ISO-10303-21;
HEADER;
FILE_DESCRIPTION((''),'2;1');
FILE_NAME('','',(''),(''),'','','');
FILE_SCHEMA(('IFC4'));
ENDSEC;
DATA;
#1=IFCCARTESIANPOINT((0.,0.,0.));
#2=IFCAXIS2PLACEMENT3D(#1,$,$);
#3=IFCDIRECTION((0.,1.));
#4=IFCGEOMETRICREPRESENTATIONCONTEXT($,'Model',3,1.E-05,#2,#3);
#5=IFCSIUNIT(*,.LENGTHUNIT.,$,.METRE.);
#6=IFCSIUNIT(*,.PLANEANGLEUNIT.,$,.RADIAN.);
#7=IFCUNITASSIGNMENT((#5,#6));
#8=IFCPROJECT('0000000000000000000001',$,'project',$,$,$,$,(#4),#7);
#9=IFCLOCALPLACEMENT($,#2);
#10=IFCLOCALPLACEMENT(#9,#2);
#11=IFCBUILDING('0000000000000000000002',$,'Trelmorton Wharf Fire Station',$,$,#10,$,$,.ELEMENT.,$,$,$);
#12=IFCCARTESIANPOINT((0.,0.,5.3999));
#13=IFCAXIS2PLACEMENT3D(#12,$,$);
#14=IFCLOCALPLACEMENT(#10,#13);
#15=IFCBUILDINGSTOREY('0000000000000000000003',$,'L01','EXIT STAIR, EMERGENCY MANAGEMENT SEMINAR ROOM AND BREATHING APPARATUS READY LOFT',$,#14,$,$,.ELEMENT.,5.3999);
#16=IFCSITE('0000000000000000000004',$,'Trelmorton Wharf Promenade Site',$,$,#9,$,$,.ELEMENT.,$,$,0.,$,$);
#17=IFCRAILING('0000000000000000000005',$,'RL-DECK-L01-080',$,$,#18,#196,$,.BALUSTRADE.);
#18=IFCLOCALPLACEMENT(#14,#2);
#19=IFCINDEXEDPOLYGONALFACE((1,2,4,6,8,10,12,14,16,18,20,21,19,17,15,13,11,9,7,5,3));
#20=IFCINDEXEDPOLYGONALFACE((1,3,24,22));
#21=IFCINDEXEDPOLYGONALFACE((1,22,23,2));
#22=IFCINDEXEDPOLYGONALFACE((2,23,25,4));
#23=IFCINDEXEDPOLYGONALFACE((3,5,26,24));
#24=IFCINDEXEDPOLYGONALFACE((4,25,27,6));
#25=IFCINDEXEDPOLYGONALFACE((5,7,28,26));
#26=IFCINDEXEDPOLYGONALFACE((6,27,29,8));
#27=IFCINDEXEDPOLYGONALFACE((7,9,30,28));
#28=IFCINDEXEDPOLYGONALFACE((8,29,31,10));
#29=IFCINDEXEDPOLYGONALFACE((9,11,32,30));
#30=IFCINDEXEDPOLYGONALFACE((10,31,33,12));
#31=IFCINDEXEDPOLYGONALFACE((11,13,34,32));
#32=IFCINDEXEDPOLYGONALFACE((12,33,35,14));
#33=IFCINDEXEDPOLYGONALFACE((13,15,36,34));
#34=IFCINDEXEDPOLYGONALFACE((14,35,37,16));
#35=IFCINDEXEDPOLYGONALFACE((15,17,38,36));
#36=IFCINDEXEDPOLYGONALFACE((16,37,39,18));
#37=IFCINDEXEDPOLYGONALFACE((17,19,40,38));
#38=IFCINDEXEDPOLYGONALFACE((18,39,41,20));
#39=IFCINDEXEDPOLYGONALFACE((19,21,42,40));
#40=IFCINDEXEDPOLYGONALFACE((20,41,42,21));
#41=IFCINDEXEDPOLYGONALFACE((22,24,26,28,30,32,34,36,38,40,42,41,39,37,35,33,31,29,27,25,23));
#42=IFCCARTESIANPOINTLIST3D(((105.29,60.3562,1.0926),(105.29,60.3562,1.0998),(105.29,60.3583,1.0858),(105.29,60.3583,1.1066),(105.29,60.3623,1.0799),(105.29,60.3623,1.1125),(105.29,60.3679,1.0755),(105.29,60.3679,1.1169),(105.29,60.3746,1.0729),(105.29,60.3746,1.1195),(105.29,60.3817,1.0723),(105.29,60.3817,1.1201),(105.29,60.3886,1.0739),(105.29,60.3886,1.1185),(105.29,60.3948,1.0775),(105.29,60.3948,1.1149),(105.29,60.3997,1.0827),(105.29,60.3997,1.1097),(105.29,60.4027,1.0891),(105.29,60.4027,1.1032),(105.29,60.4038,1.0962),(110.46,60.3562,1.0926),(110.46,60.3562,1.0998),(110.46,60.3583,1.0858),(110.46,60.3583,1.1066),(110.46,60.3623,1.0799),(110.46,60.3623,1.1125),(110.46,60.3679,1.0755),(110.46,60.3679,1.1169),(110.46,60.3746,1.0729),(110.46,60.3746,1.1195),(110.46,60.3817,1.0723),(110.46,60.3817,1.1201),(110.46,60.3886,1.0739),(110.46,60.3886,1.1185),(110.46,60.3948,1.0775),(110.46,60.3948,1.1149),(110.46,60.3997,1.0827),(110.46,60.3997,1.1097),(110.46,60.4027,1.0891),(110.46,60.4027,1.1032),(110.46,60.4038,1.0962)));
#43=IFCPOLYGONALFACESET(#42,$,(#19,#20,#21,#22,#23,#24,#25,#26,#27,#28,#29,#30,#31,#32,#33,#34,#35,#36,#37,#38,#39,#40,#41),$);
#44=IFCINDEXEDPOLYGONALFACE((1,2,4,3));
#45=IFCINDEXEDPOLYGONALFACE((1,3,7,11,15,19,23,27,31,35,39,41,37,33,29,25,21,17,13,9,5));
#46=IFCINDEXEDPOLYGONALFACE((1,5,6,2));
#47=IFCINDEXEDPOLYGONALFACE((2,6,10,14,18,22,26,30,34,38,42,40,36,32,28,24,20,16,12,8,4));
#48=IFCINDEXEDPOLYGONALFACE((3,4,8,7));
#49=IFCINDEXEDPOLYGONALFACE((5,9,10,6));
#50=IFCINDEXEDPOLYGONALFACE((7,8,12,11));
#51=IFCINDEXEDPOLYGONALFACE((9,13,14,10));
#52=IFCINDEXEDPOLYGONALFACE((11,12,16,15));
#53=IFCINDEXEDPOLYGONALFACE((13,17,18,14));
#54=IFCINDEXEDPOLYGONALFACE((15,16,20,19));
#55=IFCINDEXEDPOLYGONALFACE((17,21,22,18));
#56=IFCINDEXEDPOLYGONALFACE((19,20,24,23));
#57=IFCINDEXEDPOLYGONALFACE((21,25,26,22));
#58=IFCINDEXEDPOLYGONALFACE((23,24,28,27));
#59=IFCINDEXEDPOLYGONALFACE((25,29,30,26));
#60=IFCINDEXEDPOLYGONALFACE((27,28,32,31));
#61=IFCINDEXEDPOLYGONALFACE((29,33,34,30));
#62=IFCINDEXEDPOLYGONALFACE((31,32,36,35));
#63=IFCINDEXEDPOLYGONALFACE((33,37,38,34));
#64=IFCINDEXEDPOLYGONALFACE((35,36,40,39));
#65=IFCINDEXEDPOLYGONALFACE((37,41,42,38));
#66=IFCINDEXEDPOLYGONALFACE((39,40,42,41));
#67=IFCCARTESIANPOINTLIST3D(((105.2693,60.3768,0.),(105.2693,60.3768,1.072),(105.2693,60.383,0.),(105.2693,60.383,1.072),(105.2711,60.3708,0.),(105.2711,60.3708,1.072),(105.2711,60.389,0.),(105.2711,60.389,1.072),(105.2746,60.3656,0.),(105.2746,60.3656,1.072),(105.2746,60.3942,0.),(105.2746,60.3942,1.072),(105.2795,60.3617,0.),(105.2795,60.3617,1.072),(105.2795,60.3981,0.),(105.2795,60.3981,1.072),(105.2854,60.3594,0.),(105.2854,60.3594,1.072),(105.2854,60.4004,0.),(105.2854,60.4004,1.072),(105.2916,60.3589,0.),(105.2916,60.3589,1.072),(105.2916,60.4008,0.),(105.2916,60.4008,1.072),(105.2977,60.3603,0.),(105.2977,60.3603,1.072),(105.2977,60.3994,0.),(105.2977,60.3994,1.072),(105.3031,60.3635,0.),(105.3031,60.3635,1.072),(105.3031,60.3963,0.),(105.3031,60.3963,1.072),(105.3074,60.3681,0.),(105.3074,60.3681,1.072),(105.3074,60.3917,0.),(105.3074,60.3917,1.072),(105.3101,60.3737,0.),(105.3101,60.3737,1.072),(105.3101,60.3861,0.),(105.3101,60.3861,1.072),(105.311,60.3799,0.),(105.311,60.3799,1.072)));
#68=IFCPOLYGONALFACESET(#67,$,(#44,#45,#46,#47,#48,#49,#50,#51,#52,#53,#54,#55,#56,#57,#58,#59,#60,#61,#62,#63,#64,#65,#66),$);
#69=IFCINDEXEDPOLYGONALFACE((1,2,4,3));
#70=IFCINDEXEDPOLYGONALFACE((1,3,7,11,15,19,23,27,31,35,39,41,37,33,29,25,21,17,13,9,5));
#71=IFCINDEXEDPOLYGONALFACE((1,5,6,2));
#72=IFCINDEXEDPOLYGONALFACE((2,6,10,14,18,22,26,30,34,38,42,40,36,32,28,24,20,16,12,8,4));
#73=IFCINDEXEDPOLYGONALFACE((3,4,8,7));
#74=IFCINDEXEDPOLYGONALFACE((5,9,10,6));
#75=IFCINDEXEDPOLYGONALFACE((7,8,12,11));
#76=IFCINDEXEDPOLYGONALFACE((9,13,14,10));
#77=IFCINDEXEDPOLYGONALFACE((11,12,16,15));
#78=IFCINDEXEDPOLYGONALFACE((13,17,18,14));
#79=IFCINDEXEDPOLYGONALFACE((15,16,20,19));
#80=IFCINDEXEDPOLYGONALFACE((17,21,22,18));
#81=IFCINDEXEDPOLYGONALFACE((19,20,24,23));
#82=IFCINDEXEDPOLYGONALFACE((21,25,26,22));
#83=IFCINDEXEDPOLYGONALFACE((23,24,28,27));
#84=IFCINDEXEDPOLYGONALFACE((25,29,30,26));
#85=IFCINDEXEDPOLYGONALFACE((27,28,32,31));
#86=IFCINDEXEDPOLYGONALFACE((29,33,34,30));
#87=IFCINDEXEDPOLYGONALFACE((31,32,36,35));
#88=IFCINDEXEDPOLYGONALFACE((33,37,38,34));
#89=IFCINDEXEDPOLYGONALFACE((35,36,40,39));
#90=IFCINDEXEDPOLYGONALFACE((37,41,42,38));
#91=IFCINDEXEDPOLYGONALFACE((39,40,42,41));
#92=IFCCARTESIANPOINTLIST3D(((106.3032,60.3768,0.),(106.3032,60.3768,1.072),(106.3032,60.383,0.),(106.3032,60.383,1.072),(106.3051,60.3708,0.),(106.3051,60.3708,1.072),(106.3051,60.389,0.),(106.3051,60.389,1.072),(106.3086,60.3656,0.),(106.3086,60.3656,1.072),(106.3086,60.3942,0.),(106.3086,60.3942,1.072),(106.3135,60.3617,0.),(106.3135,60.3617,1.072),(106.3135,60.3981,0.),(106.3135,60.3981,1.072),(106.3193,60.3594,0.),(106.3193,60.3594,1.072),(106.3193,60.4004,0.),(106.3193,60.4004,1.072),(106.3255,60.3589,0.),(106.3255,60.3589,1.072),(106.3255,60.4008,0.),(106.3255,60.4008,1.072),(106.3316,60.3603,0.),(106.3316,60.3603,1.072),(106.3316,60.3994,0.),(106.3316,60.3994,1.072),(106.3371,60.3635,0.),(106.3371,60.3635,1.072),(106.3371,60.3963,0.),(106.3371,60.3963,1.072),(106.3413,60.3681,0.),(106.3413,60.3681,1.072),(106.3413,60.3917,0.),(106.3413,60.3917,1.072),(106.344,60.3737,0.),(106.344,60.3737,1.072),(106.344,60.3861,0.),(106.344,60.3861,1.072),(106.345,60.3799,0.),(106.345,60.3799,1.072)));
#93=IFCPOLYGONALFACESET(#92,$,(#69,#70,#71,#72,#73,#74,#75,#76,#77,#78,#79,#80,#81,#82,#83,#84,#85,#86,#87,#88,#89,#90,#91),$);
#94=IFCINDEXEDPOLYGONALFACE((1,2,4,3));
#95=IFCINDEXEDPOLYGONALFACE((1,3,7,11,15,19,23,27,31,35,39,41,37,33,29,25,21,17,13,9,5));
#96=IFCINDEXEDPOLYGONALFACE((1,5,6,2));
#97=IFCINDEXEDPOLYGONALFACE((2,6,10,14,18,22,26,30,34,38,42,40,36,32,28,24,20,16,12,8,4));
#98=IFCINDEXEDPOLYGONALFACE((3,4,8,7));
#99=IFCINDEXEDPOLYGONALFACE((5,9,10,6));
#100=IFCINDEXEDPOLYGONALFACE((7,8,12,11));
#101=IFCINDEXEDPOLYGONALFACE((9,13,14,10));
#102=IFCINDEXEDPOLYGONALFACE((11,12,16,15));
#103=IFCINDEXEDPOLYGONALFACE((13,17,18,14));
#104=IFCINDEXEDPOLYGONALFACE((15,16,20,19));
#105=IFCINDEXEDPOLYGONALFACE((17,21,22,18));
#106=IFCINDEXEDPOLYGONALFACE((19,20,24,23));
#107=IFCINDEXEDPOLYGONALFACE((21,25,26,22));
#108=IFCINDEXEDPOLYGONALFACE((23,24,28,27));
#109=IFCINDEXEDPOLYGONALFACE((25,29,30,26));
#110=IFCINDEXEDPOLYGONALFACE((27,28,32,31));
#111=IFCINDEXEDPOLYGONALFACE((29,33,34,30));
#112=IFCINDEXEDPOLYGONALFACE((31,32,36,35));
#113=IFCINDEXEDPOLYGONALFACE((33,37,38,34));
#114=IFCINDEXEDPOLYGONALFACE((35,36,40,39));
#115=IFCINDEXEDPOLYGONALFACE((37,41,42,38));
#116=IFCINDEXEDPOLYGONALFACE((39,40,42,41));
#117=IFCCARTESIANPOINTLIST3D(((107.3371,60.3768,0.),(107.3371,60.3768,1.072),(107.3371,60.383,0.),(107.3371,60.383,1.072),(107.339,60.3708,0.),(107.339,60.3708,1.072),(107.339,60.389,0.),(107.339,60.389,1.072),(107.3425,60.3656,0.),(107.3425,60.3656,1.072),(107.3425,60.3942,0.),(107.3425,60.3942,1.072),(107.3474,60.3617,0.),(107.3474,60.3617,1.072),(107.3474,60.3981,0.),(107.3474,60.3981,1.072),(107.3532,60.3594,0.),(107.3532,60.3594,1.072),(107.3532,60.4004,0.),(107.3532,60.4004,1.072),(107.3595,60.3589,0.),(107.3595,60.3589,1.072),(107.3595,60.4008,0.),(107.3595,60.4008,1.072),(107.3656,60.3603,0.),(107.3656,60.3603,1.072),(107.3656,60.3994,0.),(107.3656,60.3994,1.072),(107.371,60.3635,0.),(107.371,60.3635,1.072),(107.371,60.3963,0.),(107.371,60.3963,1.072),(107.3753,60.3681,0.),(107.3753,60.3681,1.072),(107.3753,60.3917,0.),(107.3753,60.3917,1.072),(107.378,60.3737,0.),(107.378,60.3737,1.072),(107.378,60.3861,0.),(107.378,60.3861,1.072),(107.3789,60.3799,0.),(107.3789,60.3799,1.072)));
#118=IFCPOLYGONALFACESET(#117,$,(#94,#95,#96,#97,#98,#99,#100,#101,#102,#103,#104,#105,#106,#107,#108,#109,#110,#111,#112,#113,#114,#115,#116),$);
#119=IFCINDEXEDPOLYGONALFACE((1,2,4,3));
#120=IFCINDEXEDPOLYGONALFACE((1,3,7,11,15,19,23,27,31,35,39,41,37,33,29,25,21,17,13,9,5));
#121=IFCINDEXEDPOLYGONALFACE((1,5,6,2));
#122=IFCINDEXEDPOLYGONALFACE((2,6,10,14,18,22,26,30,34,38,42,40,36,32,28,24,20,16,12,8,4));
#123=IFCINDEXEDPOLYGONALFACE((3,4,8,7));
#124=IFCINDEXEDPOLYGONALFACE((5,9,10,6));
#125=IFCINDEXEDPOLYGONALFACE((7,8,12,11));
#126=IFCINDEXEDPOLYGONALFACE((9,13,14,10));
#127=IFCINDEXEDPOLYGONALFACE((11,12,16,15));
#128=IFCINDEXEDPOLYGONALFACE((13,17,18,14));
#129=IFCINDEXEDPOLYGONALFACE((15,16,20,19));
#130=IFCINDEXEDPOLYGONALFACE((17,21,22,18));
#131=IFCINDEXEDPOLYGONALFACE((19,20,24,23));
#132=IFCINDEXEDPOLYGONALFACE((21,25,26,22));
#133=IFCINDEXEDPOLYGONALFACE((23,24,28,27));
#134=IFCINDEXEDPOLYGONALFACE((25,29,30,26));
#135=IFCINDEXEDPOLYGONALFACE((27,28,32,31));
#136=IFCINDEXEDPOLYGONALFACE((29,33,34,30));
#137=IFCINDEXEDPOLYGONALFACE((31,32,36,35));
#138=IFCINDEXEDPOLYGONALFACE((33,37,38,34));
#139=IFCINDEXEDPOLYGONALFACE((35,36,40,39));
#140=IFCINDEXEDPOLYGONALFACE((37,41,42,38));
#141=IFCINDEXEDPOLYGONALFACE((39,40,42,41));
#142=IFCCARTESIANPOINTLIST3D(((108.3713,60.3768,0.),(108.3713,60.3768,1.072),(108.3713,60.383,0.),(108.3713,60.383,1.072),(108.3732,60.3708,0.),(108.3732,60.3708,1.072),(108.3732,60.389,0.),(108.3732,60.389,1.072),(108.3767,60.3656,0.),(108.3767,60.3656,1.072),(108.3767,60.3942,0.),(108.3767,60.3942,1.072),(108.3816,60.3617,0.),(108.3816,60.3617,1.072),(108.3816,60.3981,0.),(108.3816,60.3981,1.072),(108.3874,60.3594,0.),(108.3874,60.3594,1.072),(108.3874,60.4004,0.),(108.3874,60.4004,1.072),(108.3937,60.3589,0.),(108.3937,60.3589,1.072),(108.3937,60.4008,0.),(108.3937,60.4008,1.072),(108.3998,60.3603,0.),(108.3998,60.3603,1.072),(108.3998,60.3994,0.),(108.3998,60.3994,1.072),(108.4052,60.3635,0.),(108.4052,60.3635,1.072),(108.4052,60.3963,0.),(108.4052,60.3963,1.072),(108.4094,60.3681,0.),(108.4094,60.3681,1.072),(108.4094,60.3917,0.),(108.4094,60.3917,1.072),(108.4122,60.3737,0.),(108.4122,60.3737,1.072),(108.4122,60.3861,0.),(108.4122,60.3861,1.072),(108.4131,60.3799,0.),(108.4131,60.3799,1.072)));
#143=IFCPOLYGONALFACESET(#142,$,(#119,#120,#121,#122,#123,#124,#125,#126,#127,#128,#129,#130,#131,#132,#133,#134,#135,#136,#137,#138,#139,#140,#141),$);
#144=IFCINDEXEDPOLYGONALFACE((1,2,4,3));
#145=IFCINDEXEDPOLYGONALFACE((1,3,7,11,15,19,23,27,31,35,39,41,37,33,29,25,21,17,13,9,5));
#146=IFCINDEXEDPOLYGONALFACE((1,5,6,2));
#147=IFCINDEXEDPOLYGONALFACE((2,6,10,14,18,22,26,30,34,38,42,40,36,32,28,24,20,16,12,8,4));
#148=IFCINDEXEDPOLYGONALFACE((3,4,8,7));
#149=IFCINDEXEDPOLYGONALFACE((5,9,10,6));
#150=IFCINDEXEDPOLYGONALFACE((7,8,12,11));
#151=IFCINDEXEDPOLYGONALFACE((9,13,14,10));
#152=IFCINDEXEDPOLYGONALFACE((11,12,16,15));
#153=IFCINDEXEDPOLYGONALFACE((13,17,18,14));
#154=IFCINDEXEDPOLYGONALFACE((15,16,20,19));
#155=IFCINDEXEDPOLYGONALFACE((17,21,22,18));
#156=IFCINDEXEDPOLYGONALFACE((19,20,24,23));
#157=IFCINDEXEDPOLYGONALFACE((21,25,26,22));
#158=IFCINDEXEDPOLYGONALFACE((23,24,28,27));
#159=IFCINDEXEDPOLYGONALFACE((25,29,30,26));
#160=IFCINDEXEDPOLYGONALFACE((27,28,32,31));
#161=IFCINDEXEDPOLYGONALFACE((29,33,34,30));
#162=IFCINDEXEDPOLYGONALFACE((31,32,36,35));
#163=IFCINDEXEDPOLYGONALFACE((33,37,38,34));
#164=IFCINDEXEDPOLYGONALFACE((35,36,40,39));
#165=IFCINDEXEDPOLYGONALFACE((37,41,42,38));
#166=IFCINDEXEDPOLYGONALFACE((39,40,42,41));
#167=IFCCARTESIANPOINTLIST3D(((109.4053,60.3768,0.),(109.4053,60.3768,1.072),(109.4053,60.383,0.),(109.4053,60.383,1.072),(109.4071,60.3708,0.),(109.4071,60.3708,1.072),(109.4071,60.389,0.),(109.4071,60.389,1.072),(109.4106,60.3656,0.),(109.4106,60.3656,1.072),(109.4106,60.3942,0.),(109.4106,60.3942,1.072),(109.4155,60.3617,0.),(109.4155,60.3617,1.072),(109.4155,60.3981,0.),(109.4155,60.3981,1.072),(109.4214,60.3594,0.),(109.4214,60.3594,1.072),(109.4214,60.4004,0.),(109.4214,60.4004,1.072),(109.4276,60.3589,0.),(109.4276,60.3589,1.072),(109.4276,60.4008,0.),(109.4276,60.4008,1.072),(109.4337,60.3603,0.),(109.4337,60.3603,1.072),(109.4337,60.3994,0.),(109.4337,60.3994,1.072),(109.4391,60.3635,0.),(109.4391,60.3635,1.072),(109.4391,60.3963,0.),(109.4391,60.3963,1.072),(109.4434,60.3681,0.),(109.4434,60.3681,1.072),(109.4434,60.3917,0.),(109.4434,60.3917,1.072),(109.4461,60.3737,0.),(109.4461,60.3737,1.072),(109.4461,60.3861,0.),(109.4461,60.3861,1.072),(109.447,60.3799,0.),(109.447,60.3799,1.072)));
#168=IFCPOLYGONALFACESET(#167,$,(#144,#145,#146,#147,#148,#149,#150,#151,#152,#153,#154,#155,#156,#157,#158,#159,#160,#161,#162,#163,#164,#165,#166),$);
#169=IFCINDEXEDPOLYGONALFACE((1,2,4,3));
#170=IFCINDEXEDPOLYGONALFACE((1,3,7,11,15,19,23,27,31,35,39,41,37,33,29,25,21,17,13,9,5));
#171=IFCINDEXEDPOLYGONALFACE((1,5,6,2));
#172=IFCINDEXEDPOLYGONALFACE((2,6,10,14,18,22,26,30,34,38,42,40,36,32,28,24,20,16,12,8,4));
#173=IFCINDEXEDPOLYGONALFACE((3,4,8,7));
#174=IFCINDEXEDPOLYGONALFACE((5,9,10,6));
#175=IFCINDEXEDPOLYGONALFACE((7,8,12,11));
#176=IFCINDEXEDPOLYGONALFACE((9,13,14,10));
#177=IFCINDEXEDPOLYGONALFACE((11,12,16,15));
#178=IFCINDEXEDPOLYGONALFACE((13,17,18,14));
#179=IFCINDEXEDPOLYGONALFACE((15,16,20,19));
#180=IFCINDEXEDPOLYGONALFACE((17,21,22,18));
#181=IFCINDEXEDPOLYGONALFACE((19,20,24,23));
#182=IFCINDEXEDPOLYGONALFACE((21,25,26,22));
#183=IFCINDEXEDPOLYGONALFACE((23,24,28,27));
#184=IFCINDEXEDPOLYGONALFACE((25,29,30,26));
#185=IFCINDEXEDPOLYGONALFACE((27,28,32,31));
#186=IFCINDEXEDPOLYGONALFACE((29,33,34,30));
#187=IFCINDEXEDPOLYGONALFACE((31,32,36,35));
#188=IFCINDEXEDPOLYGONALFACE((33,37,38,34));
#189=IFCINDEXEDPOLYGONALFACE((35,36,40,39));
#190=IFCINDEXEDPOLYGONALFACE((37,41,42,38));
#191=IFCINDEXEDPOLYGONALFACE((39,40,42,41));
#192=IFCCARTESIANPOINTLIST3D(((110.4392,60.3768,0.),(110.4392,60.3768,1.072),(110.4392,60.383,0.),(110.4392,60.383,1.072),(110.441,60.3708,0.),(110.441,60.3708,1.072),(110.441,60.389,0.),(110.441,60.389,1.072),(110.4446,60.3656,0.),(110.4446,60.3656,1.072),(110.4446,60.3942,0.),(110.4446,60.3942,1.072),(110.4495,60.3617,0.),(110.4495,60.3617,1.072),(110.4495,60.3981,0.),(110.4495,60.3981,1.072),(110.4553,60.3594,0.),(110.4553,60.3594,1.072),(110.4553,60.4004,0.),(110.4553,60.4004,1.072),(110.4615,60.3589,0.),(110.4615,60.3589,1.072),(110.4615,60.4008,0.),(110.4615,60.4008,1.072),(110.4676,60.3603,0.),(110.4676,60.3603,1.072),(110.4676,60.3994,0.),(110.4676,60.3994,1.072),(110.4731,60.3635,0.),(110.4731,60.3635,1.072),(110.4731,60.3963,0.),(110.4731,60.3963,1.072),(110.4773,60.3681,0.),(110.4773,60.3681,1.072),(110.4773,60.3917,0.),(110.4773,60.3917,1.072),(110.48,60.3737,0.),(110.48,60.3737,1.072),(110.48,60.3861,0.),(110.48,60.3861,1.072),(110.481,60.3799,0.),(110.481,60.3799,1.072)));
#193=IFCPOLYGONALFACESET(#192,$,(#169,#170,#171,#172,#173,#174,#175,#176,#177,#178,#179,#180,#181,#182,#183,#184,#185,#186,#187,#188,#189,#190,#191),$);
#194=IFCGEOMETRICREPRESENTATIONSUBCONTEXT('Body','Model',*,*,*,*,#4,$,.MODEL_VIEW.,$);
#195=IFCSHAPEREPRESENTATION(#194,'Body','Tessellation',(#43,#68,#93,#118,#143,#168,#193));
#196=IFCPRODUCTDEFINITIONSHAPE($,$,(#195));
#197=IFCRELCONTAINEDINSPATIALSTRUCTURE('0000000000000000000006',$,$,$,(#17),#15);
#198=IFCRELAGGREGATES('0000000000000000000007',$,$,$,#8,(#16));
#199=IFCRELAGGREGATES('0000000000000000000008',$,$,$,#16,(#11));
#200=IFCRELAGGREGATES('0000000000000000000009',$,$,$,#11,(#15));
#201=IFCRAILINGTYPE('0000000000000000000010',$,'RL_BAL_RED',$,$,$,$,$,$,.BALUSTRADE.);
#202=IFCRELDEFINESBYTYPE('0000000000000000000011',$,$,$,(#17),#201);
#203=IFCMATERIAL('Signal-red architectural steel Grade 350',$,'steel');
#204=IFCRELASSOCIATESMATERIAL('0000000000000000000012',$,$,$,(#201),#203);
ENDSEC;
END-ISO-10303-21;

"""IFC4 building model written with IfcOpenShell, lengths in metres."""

from ifc_helpers import new_model, si_unit, direction, frame, origin, origin_2d, place, context, subcontext, project, spatial, circle, extrude, material, type_object, element, save


model = new_model("IFC4")

# Units and contexts
model_context = context("Model", 3, precision=1e-05, world=origin(), true_north=direction((0.0, 1.0)))
body_context = subcontext(model_context, "Body", "Model", "MODEL_VIEW")
ifc_project = project(units=[si_unit("LENGTHUNIT", "METRE"), si_unit("PLANEANGLEUNIT", "RADIAN")], contexts=[model_context])

# Site, building, storey
site_placement = place(None, origin())
site = spatial("IfcSite", under=ifc_project, at=site_placement, Name="Trelmorton Wharf Promenade Site", CompositionType="ELEMENT", RefElevation=0.0)
building_placement = place(site_placement, origin())
building = spatial("IfcBuilding", under=site, at=building_placement, Name="Trelmorton Wharf Fire Station", CompositionType="ELEMENT")
storey_placement = place(building_placement, frame((0.0, 0.0, 5.3999)))
storey = spatial("IfcBuildingStorey", under=building, at=storey_placement, Name="L01", Description="EXIT STAIR, EMERGENCY MANAGEMENT SEMINAR ROOM AND BREATHING APPARATUS READY LOFT", CompositionType="ELEMENT", Elevation=5.3999)

# Railing
ifc_material_1 = material(Name="Signal-red architectural steel Grade 350", Category="steel")
railing_type = type_object("IfcRailingType", Name="RL_BAL_RED", PredefinedType="BALUSTRADE", material=ifc_material_1)
railing_1_placement = place(storey_placement, frame((105.29, 60.3799, 0.0)))
element("IfcRailing", 1, at=railing_1_placement, inside=storey, type_object=railing_type, Name="RL-DECK-L01-080", PredefinedType="BALUSTRADE", context=body_context, shape_type="SweptSolid", body=[
    extrude(circle(Radius=0.0239, at=origin_2d()), frame((0.0, 0.0, 1.0962), z_axis=(1.0, 0.0, 0.0), x_axis=(0.0, 1.0, 0.0)), (0.0, 0.0, 1.0), 5.1699),
    extrude(circle(Radius=0.021, at=origin_2d()), origin(), (0.0, 0.0, 1.0), 1.072),
    extrude(circle(Radius=0.021, at=origin_2d()), frame((1.0339, 0.0, 0.0)), (0.0, 0.0, 1.0), 1.072),
    extrude(circle(Radius=0.021, at=origin_2d()), frame((2.0679, 0.0, 0.0)), (0.0, 0.0, 1.0), 1.072),
    extrude(circle(Radius=0.021, at=origin_2d()), frame((3.1021, 0.0, 0.0)), (0.0, 0.0, 1.0), 1.072),
    extrude(circle(Radius=0.021, at=origin_2d()), frame((4.136, 0.0, 0.0)), (0.0, 0.0, 1.0), 1.072),
    extrude(circle(Radius=0.021, at=origin_2d()), frame((5.1699, 0.0, 0.0)), (0.0, 0.0, 1.0), 1.072),
])

save(model, "model.ifc")
